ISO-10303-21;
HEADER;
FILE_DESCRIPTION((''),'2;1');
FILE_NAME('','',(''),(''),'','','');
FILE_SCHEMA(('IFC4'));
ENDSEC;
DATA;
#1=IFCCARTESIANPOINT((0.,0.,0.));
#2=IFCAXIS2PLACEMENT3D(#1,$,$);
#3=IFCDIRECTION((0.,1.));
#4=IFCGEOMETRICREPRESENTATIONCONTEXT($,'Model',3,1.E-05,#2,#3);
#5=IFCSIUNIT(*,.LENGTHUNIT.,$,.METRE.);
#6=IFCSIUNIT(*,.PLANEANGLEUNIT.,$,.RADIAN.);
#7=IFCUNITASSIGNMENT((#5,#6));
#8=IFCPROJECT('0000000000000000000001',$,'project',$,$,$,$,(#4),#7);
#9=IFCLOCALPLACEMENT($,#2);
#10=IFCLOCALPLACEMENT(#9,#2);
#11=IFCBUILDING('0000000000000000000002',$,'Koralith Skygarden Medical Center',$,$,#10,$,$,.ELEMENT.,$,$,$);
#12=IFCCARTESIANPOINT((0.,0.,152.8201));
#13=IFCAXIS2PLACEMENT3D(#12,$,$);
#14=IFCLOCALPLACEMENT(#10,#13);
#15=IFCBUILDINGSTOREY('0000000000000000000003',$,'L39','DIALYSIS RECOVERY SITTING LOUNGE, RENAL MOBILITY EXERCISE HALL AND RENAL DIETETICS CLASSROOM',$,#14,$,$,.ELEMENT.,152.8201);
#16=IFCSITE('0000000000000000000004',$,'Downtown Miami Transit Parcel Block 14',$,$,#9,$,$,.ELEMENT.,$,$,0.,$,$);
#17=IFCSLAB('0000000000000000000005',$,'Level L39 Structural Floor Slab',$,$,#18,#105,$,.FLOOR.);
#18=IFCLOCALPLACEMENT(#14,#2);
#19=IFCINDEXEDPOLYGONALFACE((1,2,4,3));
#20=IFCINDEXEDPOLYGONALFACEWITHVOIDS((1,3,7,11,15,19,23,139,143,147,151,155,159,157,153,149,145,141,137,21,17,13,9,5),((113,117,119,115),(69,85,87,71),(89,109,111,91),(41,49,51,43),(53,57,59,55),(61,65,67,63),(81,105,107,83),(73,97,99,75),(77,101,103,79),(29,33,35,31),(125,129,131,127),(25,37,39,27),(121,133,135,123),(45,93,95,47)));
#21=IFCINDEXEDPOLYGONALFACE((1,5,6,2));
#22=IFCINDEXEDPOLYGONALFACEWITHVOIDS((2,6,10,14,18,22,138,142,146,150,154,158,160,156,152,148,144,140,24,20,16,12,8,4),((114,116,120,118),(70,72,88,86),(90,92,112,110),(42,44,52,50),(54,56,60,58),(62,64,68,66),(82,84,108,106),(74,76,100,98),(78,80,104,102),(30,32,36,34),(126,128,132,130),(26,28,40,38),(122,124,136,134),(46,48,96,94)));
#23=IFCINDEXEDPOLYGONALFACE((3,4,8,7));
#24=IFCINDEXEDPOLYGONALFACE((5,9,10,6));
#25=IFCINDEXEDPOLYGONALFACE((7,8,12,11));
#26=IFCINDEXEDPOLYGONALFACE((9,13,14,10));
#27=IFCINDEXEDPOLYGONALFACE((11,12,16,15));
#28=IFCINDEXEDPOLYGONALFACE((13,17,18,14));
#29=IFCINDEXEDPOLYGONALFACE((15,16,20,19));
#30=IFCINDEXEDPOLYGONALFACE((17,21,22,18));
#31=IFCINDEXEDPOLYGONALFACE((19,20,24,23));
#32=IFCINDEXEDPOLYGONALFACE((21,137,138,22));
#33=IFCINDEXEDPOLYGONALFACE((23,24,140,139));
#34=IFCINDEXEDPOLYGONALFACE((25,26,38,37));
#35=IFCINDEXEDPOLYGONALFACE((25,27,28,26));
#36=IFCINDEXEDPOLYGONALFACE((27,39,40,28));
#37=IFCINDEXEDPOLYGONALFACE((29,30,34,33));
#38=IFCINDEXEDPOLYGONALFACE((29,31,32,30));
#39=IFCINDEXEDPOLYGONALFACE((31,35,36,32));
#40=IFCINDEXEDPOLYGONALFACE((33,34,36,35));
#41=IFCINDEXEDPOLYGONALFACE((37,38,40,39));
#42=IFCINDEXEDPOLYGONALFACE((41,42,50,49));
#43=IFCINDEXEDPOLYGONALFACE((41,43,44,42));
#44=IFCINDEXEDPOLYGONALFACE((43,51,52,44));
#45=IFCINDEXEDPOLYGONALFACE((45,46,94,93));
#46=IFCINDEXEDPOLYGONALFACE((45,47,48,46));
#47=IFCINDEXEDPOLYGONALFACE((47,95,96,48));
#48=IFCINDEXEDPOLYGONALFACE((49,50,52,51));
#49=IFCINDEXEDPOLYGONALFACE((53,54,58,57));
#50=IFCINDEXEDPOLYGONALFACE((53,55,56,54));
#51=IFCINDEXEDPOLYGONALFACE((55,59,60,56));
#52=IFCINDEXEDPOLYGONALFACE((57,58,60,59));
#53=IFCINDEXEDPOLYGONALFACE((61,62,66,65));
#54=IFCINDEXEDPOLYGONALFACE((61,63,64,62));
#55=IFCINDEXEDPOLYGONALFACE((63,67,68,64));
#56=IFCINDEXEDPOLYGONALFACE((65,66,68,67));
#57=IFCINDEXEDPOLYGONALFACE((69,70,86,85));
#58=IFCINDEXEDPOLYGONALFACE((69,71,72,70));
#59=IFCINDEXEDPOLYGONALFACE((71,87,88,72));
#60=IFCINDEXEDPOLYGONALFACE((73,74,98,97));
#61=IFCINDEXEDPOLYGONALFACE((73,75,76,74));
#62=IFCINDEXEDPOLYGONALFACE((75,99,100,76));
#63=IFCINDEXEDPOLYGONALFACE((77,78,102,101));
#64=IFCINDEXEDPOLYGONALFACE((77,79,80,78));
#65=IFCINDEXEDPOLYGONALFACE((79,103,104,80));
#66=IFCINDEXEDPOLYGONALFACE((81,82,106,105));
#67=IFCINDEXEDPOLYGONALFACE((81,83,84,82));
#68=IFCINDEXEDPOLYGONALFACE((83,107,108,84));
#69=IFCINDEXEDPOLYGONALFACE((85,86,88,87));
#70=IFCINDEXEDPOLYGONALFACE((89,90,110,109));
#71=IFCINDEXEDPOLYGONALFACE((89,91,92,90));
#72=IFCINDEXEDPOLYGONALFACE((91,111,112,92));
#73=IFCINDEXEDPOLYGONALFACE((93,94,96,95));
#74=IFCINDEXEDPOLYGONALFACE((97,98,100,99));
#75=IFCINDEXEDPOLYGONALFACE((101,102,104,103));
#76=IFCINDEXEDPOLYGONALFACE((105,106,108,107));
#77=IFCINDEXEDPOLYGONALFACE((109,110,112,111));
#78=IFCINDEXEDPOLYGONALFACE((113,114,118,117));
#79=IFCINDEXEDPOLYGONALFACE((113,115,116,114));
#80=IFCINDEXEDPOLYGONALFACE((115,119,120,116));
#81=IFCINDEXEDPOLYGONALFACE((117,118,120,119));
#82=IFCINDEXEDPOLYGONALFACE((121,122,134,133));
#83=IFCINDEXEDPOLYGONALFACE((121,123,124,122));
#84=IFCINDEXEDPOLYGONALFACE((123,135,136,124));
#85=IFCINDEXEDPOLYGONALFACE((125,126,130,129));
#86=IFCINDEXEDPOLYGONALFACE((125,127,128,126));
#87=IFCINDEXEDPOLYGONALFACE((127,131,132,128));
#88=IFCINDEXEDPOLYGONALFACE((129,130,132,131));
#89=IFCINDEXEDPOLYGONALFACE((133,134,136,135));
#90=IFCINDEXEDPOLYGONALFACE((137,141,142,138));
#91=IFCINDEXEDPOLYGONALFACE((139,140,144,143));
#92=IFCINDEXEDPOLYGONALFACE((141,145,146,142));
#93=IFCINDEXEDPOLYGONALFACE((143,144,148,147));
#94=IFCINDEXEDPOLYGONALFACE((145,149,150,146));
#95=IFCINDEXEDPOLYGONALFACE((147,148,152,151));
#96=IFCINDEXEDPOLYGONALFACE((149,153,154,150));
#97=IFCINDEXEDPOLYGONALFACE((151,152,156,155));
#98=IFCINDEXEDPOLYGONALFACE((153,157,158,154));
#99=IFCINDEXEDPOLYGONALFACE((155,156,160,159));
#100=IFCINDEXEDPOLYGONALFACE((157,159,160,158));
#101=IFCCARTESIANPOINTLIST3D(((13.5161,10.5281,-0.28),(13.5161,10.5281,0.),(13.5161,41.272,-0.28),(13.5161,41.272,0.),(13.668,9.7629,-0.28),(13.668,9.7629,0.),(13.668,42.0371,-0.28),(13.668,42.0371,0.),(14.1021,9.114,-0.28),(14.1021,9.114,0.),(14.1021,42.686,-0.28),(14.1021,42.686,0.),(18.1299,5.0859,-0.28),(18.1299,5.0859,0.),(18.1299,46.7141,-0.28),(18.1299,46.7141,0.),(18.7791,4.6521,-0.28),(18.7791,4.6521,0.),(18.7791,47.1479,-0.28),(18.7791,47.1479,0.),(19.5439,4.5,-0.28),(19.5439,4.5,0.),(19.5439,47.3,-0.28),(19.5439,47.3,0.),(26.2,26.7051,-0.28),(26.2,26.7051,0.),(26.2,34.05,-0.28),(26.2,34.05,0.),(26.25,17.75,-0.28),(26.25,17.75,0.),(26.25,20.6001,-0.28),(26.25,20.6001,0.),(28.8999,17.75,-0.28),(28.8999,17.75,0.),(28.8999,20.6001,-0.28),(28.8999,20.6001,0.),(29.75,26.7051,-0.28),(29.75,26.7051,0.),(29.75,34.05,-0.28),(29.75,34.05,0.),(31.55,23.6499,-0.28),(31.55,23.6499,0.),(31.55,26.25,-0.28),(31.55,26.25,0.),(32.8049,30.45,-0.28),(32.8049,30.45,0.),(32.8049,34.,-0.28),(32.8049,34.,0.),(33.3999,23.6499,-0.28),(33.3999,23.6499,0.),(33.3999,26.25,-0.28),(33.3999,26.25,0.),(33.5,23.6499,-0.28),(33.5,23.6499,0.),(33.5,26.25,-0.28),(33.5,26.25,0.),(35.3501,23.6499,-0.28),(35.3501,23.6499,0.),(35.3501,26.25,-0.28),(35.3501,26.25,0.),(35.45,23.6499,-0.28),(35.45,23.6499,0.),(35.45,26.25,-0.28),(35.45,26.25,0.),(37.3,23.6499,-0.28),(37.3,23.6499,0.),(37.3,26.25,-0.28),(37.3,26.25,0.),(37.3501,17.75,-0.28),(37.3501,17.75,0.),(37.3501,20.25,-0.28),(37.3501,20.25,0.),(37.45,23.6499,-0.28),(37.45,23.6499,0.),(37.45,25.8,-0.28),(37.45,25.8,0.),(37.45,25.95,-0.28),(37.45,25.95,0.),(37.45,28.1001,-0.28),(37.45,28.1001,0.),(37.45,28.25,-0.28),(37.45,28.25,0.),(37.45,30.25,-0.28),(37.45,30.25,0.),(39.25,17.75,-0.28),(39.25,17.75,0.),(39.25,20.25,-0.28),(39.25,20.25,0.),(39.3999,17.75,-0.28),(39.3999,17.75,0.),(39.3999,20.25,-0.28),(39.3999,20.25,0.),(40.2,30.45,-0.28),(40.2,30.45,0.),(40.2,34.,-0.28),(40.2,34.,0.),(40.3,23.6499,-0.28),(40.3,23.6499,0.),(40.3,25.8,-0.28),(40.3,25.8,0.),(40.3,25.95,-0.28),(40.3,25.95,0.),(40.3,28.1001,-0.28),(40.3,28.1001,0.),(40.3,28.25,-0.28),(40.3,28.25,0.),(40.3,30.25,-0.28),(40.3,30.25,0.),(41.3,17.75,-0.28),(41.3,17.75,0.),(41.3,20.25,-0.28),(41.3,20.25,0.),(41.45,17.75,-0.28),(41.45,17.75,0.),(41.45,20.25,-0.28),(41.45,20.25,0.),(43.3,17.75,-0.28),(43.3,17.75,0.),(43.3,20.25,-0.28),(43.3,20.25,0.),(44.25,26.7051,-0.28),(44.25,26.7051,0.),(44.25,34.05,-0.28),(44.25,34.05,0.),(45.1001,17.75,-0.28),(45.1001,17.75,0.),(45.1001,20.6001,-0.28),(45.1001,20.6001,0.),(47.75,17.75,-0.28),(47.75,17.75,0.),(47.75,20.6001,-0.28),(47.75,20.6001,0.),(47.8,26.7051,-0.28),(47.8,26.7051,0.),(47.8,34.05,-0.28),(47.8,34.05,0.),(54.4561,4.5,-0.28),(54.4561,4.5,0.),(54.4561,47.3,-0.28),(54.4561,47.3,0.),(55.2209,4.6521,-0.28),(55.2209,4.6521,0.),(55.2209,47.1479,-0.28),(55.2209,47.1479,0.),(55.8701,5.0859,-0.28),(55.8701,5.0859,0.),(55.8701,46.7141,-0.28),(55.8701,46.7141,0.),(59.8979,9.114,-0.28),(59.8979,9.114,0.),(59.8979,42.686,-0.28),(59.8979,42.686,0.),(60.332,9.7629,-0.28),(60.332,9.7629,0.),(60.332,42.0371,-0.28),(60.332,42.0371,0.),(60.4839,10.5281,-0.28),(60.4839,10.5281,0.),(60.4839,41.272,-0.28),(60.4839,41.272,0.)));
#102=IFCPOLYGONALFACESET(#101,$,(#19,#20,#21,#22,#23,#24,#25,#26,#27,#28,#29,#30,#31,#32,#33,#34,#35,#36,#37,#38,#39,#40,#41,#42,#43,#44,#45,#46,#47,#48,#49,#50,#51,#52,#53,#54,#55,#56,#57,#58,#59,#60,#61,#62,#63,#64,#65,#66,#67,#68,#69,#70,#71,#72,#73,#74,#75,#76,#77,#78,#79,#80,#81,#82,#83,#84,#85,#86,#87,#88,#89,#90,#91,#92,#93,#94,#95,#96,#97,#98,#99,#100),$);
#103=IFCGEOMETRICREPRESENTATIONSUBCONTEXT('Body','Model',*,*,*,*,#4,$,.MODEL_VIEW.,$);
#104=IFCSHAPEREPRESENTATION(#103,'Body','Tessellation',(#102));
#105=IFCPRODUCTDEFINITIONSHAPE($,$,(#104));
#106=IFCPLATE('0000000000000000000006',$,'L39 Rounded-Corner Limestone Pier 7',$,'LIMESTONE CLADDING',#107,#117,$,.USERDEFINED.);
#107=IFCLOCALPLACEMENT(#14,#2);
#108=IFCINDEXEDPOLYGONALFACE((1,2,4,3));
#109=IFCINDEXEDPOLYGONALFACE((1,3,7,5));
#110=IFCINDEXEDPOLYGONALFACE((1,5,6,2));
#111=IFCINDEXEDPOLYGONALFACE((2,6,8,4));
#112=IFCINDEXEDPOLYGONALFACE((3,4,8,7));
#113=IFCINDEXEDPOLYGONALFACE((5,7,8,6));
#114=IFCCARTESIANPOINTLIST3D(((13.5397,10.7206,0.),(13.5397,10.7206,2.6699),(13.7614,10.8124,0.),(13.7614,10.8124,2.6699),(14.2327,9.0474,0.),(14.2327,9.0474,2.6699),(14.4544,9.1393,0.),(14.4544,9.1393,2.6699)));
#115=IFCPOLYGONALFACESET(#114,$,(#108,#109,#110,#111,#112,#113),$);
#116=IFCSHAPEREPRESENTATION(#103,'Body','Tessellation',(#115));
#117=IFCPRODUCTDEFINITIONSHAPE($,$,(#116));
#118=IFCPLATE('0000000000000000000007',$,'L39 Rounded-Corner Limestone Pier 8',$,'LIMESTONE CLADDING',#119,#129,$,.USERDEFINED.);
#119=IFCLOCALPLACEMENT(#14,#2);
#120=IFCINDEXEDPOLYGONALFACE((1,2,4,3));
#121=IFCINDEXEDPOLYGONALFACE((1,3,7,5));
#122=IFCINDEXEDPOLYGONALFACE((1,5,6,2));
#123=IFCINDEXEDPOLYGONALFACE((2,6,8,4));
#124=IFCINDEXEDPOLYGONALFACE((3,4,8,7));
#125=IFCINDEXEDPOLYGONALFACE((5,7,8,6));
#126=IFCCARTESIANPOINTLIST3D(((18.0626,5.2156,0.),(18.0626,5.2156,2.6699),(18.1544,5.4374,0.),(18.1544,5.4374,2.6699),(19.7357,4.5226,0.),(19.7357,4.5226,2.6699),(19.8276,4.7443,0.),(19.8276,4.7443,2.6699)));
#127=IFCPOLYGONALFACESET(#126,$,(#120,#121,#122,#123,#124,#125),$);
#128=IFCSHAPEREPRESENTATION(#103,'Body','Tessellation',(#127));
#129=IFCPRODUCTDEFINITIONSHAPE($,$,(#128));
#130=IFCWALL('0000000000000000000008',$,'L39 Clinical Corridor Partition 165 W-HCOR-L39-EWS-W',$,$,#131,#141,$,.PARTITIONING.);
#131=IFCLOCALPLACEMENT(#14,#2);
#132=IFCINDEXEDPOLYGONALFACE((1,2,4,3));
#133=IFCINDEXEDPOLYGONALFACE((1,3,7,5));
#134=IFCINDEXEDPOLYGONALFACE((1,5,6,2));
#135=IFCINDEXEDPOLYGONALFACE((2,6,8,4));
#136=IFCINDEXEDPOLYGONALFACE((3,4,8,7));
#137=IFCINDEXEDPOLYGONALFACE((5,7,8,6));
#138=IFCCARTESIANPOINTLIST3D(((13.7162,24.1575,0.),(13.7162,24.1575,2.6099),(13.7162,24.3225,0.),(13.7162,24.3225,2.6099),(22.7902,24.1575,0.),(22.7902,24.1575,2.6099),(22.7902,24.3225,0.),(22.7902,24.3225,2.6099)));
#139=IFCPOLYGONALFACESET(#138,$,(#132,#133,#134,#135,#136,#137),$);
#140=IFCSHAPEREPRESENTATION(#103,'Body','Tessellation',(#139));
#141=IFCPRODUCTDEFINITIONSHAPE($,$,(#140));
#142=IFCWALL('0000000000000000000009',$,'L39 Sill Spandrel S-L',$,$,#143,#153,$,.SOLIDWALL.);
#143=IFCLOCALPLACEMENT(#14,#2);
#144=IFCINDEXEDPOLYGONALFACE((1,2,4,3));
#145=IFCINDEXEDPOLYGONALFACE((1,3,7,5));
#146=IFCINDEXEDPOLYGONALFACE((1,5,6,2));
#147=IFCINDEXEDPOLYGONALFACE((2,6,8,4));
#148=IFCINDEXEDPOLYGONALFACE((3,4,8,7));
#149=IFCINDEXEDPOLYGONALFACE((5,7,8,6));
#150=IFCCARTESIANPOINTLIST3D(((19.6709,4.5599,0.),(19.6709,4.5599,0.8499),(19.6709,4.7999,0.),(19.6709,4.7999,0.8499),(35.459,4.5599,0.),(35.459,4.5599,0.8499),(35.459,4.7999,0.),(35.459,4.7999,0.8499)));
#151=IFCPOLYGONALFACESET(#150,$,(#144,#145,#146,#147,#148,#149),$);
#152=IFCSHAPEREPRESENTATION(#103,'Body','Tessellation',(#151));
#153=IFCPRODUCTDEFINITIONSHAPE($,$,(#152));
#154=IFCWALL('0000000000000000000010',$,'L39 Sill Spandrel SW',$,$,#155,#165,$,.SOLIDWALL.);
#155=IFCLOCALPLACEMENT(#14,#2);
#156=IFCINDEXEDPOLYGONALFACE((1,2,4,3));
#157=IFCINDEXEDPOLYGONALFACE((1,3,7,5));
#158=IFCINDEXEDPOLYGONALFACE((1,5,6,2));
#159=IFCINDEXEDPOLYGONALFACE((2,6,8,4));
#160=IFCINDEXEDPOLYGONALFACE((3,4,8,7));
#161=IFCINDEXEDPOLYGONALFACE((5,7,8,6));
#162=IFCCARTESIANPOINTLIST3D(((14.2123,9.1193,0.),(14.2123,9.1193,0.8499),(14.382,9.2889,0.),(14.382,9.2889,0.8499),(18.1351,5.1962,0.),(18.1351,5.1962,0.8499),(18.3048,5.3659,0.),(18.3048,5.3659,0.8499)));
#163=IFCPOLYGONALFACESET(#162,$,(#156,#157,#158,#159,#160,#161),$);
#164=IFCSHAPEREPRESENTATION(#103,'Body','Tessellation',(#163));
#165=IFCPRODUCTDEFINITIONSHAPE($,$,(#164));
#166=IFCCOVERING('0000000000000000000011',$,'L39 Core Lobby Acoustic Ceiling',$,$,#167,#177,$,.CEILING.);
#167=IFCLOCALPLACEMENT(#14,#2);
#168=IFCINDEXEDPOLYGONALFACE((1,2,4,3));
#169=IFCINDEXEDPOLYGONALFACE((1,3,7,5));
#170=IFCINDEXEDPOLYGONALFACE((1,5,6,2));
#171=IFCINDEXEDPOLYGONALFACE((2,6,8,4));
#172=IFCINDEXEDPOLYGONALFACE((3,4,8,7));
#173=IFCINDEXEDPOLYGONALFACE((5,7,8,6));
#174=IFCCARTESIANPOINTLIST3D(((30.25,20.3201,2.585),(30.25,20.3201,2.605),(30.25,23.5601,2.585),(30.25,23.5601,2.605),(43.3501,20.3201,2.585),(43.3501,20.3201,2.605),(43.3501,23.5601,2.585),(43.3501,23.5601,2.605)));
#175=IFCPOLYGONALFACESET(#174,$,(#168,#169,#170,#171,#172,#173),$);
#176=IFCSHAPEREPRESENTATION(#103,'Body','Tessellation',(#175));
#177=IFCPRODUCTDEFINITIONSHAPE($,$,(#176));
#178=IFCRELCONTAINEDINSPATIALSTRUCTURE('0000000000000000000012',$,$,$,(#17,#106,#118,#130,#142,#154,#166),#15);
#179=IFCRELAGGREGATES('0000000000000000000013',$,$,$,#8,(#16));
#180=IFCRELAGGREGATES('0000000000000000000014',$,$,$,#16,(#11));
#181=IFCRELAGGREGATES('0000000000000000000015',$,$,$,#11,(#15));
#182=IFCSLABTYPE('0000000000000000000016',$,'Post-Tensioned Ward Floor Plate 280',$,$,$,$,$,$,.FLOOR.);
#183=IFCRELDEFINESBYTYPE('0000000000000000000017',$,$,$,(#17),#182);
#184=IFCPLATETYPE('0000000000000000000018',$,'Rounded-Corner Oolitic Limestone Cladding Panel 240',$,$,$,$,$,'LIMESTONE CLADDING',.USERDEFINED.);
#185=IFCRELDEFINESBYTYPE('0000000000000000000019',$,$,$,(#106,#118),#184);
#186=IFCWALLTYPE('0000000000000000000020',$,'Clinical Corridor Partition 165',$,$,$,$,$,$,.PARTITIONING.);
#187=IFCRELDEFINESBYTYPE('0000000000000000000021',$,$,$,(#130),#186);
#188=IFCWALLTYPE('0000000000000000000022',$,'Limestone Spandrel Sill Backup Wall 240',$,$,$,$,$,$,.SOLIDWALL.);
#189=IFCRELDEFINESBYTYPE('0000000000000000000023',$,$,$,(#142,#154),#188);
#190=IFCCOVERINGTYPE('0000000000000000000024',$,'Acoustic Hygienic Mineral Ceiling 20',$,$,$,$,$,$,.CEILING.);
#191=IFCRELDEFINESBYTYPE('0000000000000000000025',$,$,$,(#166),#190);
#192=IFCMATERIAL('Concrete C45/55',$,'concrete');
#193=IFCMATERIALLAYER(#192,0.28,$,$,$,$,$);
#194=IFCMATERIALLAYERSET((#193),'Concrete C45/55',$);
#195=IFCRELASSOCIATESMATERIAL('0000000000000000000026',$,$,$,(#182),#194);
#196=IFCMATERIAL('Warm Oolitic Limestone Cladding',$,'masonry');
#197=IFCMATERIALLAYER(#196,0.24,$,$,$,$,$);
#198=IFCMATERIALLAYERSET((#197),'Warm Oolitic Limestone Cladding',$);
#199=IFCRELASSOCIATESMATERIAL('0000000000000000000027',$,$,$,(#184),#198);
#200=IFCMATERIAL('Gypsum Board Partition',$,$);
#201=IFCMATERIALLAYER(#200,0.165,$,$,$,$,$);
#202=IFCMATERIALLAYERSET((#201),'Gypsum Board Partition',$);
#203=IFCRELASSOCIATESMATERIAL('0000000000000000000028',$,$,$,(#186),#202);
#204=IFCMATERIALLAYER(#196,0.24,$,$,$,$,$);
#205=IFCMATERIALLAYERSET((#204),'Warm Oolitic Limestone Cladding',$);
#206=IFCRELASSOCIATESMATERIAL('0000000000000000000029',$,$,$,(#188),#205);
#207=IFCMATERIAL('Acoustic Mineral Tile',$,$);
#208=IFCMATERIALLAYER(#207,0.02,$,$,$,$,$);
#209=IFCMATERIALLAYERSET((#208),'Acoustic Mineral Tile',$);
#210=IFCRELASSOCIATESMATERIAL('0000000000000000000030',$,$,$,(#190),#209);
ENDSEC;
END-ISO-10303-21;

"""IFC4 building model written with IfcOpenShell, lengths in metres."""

from ifc_helpers import new_model, si_unit, direction, frame, frame_2d, origin, origin_2d, place, context, subcontext, project, spatial, polyline, rectangle, outline, extrude, material, layer, layer_set, type_object, element, save


model = new_model("IFC4")

# Units and contexts
model_context = context("Model", 3, precision=1e-05, world=origin(), true_north=direction((0.0, 1.0)))
body_context = subcontext(model_context, "Body", "Model", "MODEL_VIEW")
ifc_project = project(units=[si_unit("LENGTHUNIT", "METRE"), si_unit("PLANEANGLEUNIT", "RADIAN")], contexts=[model_context])

# Site, building, storey
site_placement = place(None, origin())
site = spatial("IfcSite", under=ifc_project, at=site_placement, Name="Downtown Miami Transit Parcel Block 14", CompositionType="ELEMENT", RefElevation=0.0)
building_placement = place(site_placement, origin())
building = spatial("IfcBuilding", under=site, at=building_placement, Name="Koralith Skygarden Medical Center", CompositionType="ELEMENT")
storey_placement = place(building_placement, frame((0.0, 0.0, 152.8201)))
storey = spatial("IfcBuildingStorey", under=building, at=storey_placement, Name="L39", Description="DIALYSIS RECOVERY SITTING LOUNGE, RENAL MOBILITY EXERCISE HALL AND RENAL DIETETICS CLASSROOM", CompositionType="ELEMENT", Elevation=152.8201)

# Shared definitions
ifc_material_1 = material(Name="Concrete C45/55", Category="concrete")

# Slab
ifc_layer_1 = layer(ifc_material_1, 0.28)
ifc_layer_set_1 = layer_set([ifc_layer_1], Name="Concrete C45/55")
slab_type_1 = type_object("IfcSlabType", Name="Post-Tensioned Ward Floor Plate 280", PredefinedType="FLOOR", material=ifc_layer_set_1)
slab_1_placement = place(storey_placement, frame((0.0, 0.0, -0.28)))
element("IfcSlab", 1, at=slab_1_placement, inside=storey, type_object=slab_type_1, Name="Level L39 Structural Floor Slab", PredefinedType="FLOOR", context=body_context, shape_type="SweptSolid", body=[
    extrude(outline(polyline([(18.1299, 5.0859), (18.7791, 4.6521), (19.5439, 4.5), (54.4561, 4.5), (55.2209, 4.6521), (55.8701, 5.0859), (59.8979, 9.114), (60.332, 9.7629), (60.4839, 10.5281), (60.4839, 41.272), (60.332, 42.0371), (59.8979, 42.686), (55.8701, 46.7141), (55.2209, 47.1479), (54.4561, 47.3), (19.5439, 47.3), (18.7791, 47.1479), (18.1299, 46.7141), (14.1021, 42.686), (13.668, 42.0371), (13.5161, 41.272), (13.5161, 10.5281), (13.668, 9.7629), (14.1021, 9.114), (18.1299, 5.0859)]), holes=[polyline([(26.2, 26.7051), (29.75, 26.7051), (29.75, 34.05), (26.2, 34.05), (26.2, 26.7051)]), polyline([(44.25, 26.7051), (47.8, 26.7051), (47.8, 34.05), (44.25, 34.05), (44.25, 26.7051)]), polyline([(32.8049, 30.45), (40.2, 30.45), (40.2, 34.0), (32.8049, 34.0), (32.8049, 30.45)]), polyline([(26.25, 17.75), (28.8999, 17.75), (28.8999, 20.6001), (26.25, 20.6001), (26.25, 17.75)]), polyline([(45.1001, 17.75), (47.75, 17.75), (47.75, 20.6001), (45.1001, 20.6001), (45.1001, 17.75)]), polyline([(37.3501, 17.75), (39.25, 17.75), (39.25, 20.25), (37.3501, 20.25), (37.3501, 17.75)]), polyline([(39.3999, 17.75), (41.3, 17.75), (41.3, 20.25), (39.3999, 20.25), (39.3999, 17.75)]), polyline([(41.45, 17.75), (43.3, 17.75), (43.3, 20.25), (41.45, 20.25), (41.45, 17.75)]), polyline([(31.55, 23.6499), (33.3999, 23.6499), (33.3999, 26.25), (31.55, 26.25), (31.55, 23.6499)]), polyline([(33.5, 23.6499), (35.3501, 23.6499), (35.3501, 26.25), (33.5, 26.25), (33.5, 23.6499)]), polyline([(35.45, 23.6499), (37.3, 23.6499), (37.3, 26.25), (35.45, 26.25), (35.45, 23.6499)]), polyline([(37.45, 23.6499), (40.3, 23.6499), (40.3, 25.8), (37.45, 25.8), (37.45, 23.6499)]), polyline([(37.45, 25.95), (40.3, 25.95), (40.3, 28.1001), (37.45, 28.1001), (37.45, 25.95)]), polyline([(37.45, 28.25), (40.3, 28.25), (40.3, 30.25), (37.45, 30.25), (37.45, 28.25)])]), origin(), (0.0, 0.0, 1.0), 0.28),
])

# Plates
ifc_material_2 = material(Name="Warm Oolitic Limestone Cladding", Category="masonry")
ifc_layer_2 = layer(ifc_material_2, 0.24)
ifc_layer_set_2 = layer_set([ifc_layer_2], Name="Warm Oolitic Limestone Cladding")
plate_type_1 = type_object("IfcPlateType", Name="Rounded-Corner Oolitic Limestone Cladding Panel 240", ElementType="LIMESTONE CLADDING", PredefinedType="USERDEFINED", material=ifc_layer_set_2)
for number, where, z_axis, x_axis, name in (
    (2, (13.9971, 9.9299, 0.0), (0.0, 0.0, 1.0), (0.382671, -0.923885, 0.0), "L39 Rounded-Corner Limestone Pier 7"),
    (3, (18.9451, 4.98, 0.0), (0.0, 0.0, 1.0), (0.923885, -0.382671, 0.0), "L39 Rounded-Corner Limestone Pier 8"),
):
    element("IfcPlate", number, at=place(storey_placement, frame(where, z_axis=z_axis, x_axis=x_axis)), inside=storey, type_object=plate_type_1, Name=name, ObjectType="LIMESTONE CLADDING", PredefinedType="USERDEFINED", context=body_context, shape_type="SweptSolid", body=[
        extrude(rectangle(XDim=1.811, YDim=0.24, at=origin_2d()), origin(), (0.0, 0.0, 1.0), 2.6699),
    ])

# Walls
ifc_material_3 = material(Name="Gypsum Board Partition")
ifc_layer_3 = layer(ifc_material_3, 0.165)
ifc_layer_set_3 = layer_set([ifc_layer_3], Name="Gypsum Board Partition")
wall_type_1 = type_object("IfcWallType", Name="Clinical Corridor Partition 165", PredefinedType="PARTITIONING", material=ifc_layer_set_3)
wall_1_placement = place(storey_placement, frame((13.7161, 24.24, 0.0), z_axis=(0.0, 0.0, 1.0), x_axis=(1.0, 0.0, 0.0)))
element("IfcWall", 4, at=wall_1_placement, inside=storey, type_object=wall_type_1, Name="L39 Clinical Corridor Partition 165 W-HCOR-L39-EWS-W", PredefinedType="PARTITIONING", context=body_context, shape_type="SweptSolid", body=[
    extrude(rectangle(XDim=9.074, YDim=0.165, at=frame_2d((4.5371, 0.0))), origin(), (0.0, 0.0, 1.0), 2.6099),
])
ifc_layer_4 = layer(ifc_material_2, 0.24)
ifc_layer_set_4 = layer_set([ifc_layer_4], Name="Warm Oolitic Limestone Cladding")
wall_type_2 = type_object("IfcWallType", Name="Limestone Spandrel Sill Backup Wall 240", PredefinedType="SOLIDWALL", material=ifc_layer_set_4)
wall_2_placement = place(storey_placement, frame((19.6709, 4.6799, 0.0), z_axis=(0.0, 0.0, 1.0), x_axis=(1.0, 0.0, 0.0)))
element("IfcWall", 5, at=wall_2_placement, inside=storey, type_object=wall_type_2, Name="L39 Sill Spandrel S-L", PredefinedType="SOLIDWALL", context=body_context, shape_type="SweptSolid", body=[
    extrude(rectangle(XDim=15.7881, YDim=0.24, at=frame_2d((7.894, 0.0))), origin(), (0.0, 0.0, 1.0), 0.8499),
])
wall_3_placement = place(storey_placement, frame((14.2971, 9.2041, 0.0), z_axis=(0.0, 0.0, 1.0), x_axis=(0.707085, -0.707129, 0.0)))
element("IfcWall", 6, at=wall_3_placement, inside=storey, type_object=wall_type_2, Name="L39 Sill Spandrel SW", PredefinedType="SOLIDWALL", context=body_context, shape_type="SweptSolid", body=[
    extrude(rectangle(XDim=5.5479, YDim=0.24, at=frame_2d((2.7739, 0.0))), origin(), (0.0, 0.0, 1.0), 0.8499),
])

# Covering
ifc_material_4 = material(Name="Acoustic Mineral Tile")
ifc_layer_5 = layer(ifc_material_4, 0.02)
ifc_layer_set_5 = layer_set([ifc_layer_5], Name="Acoustic Mineral Tile")
covering_type_1 = type_object("IfcCoveringType", Name="Acoustic Hygienic Mineral Ceiling 20", PredefinedType="CEILING", material=ifc_layer_set_5)
covering_1_placement = place(storey_placement, frame((0.0, 0.0, 2.585)))
element("IfcCovering", 7, at=covering_1_placement, inside=storey, type_object=covering_type_1, Name="L39 Core Lobby Acoustic Ceiling", PredefinedType="CEILING", context=body_context, shape_type="SweptSolid", body=[
    extrude(outline(polyline([(30.25, 20.3201), (43.3501, 20.3201), (43.3501, 23.5601), (30.25, 23.5601), (30.25, 20.3201)])), origin(), (0.0, 0.0, 1.0), 0.02),
])

save(model, "model.ifc")
